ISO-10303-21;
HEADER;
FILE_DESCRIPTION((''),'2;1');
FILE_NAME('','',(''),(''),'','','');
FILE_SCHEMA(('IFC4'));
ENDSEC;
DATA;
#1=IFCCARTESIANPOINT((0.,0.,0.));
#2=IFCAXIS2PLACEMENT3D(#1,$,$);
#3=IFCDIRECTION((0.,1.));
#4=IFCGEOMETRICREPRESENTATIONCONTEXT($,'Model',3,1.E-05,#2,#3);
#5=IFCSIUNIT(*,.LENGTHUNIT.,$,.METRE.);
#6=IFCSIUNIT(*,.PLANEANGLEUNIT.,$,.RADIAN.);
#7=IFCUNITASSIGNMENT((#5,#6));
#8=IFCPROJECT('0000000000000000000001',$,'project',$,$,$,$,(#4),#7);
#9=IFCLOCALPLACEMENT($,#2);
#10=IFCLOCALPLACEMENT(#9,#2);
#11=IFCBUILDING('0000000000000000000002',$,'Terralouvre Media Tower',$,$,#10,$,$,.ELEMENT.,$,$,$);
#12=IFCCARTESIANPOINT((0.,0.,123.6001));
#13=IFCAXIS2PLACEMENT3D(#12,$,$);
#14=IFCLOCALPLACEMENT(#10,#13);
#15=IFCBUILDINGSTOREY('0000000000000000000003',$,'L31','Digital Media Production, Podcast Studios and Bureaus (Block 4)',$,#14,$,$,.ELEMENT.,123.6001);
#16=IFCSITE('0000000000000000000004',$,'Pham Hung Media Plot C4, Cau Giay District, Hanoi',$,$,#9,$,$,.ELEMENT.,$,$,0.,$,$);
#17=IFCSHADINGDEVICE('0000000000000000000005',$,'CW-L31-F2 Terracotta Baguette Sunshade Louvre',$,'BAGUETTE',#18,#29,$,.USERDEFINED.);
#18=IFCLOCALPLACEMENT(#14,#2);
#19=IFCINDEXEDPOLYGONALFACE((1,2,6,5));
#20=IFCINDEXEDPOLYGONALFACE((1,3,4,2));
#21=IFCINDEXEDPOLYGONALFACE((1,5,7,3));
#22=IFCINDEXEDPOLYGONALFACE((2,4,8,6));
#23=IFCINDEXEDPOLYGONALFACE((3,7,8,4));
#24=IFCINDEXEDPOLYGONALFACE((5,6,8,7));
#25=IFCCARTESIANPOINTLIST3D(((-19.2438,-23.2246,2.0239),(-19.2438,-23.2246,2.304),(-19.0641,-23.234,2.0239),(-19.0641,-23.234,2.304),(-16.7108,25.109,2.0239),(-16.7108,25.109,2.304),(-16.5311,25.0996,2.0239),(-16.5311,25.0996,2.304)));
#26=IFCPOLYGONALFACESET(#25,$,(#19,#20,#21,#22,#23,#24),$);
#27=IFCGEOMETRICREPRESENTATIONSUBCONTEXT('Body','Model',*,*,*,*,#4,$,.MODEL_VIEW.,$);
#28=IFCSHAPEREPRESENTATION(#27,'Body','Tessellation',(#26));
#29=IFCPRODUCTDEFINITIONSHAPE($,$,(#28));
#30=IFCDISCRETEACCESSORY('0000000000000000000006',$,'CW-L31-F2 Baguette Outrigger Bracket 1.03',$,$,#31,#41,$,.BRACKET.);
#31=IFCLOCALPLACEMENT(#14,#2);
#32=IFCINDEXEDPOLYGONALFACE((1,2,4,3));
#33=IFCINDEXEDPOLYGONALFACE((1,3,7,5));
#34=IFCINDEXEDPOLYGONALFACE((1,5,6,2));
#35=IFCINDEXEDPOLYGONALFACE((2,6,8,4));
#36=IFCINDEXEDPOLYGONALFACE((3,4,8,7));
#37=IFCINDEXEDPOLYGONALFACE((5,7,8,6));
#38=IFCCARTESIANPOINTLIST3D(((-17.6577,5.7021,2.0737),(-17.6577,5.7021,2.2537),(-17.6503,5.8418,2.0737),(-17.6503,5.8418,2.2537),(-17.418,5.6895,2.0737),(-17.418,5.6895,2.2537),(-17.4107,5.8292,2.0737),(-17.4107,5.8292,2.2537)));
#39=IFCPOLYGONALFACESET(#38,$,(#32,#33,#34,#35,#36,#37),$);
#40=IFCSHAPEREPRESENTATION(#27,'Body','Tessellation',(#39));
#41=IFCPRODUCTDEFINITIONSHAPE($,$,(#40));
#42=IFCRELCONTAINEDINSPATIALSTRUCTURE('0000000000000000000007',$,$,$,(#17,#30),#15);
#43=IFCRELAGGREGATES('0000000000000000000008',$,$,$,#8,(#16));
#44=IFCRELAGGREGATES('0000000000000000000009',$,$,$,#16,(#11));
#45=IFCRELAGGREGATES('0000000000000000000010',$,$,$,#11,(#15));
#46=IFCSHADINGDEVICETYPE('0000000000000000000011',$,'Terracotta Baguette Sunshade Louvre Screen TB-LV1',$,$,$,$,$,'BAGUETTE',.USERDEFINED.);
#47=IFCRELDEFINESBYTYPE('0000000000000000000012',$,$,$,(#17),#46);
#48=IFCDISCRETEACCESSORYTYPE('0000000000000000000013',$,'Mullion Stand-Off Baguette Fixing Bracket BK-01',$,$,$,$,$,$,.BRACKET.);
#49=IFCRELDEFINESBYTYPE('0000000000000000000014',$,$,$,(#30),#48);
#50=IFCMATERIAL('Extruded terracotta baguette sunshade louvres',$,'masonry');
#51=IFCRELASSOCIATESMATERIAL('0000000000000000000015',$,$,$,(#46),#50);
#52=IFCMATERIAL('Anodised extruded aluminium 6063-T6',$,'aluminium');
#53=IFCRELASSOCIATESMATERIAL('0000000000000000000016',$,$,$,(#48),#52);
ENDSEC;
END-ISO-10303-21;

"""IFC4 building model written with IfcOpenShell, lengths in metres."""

from ifc_helpers import new_model, si_unit, direction, frame, origin, origin_2d, place, context, subcontext, project, spatial, rectangle, extrude, material, type_object, element, save


model = new_model("IFC4")

# Units and contexts
model_context = context("Model", 3, precision=1e-05, world=origin(), true_north=direction((0.0, 1.0)))
body_context = subcontext(model_context, "Body", "Model", "MODEL_VIEW")
ifc_project = project(units=[si_unit("LENGTHUNIT", "METRE"), si_unit("PLANEANGLEUNIT", "RADIAN")], contexts=[model_context])

# Site, building, storey
site_placement = place(None, origin())
site = spatial("IfcSite", under=ifc_project, at=site_placement, Name="Pham Hung Media Plot C4, Cau Giay District, Hanoi", CompositionType="ELEMENT", RefElevation=0.0)
building_placement = place(site_placement, origin())
building = spatial("IfcBuilding", under=site, at=building_placement, Name="Terralouvre Media Tower", CompositionType="ELEMENT")
storey_placement = place(building_placement, frame((0.0, 0.0, 123.6001)))
storey = spatial("IfcBuildingStorey", under=building, at=storey_placement, Name="L31", Description="Digital Media Production, Podcast Studios and Bureaus (Block 4)", CompositionType="ELEMENT", Elevation=123.6001)

# Shading device
ifc_material_1 = material(Name="Extruded terracotta baguette sunshade louvres", Category="masonry")
shading_device_type = type_object("IfcShadingDeviceType", Name="Terracotta Baguette Sunshade Louvre Screen TB-LV1", ElementType="BAGUETTE", PredefinedType="USERDEFINED", material=ifc_material_1)
shading_device_placement = place(storey_placement, frame((-17.8875, 0.9375, 2.0239), z_axis=(0.0, 0.0, 1.0), x_axis=(-0.052336, -0.99863, 0.0)))
element("IfcShadingDevice", 1, at=shading_device_placement, inside=storey, type_object=shading_device_type, Name="CW-L31-F2 Terracotta Baguette Sunshade Louvre", ObjectType="BAGUETTE", PredefinedType="USERDEFINED", context=body_context, shape_type="SweptSolid", body=[
    extrude(rectangle(XDim=48.3999, YDim=0.1799, at=origin_2d()), origin(), (0.0, 0.0, 1.0), 0.28),
])

# Discrete accessory
ifc_material_2 = material(Name="Anodised extruded aluminium 6063-T6", Category="aluminium")
discrete_accessory_type = type_object("IfcDiscreteAccessoryType", Name="Mullion Stand-Off Baguette Fixing Bracket BK-01", PredefinedType="BRACKET", material=ifc_material_2)
discrete_accessory_placement = place(storey_placement, frame((-17.5342, 5.7656, 2.0737), z_axis=(0.0, 0.0, 1.0), x_axis=(-0.052336, -0.99863, 0.0)))
element("IfcDiscreteAccessory", 2, at=discrete_accessory_placement, inside=storey, type_object=discrete_accessory_type, Name="CW-L31-F2 Baguette Outrigger Bracket 1.03", PredefinedType="BRACKET", context=body_context, shape_type="SweptSolid", body=[
    extrude(rectangle(XDim=0.1399, YDim=0.24, at=origin_2d()), origin(), (0.0, 0.0, 1.0), 0.1799),
])

save(model, "model.ifc")
